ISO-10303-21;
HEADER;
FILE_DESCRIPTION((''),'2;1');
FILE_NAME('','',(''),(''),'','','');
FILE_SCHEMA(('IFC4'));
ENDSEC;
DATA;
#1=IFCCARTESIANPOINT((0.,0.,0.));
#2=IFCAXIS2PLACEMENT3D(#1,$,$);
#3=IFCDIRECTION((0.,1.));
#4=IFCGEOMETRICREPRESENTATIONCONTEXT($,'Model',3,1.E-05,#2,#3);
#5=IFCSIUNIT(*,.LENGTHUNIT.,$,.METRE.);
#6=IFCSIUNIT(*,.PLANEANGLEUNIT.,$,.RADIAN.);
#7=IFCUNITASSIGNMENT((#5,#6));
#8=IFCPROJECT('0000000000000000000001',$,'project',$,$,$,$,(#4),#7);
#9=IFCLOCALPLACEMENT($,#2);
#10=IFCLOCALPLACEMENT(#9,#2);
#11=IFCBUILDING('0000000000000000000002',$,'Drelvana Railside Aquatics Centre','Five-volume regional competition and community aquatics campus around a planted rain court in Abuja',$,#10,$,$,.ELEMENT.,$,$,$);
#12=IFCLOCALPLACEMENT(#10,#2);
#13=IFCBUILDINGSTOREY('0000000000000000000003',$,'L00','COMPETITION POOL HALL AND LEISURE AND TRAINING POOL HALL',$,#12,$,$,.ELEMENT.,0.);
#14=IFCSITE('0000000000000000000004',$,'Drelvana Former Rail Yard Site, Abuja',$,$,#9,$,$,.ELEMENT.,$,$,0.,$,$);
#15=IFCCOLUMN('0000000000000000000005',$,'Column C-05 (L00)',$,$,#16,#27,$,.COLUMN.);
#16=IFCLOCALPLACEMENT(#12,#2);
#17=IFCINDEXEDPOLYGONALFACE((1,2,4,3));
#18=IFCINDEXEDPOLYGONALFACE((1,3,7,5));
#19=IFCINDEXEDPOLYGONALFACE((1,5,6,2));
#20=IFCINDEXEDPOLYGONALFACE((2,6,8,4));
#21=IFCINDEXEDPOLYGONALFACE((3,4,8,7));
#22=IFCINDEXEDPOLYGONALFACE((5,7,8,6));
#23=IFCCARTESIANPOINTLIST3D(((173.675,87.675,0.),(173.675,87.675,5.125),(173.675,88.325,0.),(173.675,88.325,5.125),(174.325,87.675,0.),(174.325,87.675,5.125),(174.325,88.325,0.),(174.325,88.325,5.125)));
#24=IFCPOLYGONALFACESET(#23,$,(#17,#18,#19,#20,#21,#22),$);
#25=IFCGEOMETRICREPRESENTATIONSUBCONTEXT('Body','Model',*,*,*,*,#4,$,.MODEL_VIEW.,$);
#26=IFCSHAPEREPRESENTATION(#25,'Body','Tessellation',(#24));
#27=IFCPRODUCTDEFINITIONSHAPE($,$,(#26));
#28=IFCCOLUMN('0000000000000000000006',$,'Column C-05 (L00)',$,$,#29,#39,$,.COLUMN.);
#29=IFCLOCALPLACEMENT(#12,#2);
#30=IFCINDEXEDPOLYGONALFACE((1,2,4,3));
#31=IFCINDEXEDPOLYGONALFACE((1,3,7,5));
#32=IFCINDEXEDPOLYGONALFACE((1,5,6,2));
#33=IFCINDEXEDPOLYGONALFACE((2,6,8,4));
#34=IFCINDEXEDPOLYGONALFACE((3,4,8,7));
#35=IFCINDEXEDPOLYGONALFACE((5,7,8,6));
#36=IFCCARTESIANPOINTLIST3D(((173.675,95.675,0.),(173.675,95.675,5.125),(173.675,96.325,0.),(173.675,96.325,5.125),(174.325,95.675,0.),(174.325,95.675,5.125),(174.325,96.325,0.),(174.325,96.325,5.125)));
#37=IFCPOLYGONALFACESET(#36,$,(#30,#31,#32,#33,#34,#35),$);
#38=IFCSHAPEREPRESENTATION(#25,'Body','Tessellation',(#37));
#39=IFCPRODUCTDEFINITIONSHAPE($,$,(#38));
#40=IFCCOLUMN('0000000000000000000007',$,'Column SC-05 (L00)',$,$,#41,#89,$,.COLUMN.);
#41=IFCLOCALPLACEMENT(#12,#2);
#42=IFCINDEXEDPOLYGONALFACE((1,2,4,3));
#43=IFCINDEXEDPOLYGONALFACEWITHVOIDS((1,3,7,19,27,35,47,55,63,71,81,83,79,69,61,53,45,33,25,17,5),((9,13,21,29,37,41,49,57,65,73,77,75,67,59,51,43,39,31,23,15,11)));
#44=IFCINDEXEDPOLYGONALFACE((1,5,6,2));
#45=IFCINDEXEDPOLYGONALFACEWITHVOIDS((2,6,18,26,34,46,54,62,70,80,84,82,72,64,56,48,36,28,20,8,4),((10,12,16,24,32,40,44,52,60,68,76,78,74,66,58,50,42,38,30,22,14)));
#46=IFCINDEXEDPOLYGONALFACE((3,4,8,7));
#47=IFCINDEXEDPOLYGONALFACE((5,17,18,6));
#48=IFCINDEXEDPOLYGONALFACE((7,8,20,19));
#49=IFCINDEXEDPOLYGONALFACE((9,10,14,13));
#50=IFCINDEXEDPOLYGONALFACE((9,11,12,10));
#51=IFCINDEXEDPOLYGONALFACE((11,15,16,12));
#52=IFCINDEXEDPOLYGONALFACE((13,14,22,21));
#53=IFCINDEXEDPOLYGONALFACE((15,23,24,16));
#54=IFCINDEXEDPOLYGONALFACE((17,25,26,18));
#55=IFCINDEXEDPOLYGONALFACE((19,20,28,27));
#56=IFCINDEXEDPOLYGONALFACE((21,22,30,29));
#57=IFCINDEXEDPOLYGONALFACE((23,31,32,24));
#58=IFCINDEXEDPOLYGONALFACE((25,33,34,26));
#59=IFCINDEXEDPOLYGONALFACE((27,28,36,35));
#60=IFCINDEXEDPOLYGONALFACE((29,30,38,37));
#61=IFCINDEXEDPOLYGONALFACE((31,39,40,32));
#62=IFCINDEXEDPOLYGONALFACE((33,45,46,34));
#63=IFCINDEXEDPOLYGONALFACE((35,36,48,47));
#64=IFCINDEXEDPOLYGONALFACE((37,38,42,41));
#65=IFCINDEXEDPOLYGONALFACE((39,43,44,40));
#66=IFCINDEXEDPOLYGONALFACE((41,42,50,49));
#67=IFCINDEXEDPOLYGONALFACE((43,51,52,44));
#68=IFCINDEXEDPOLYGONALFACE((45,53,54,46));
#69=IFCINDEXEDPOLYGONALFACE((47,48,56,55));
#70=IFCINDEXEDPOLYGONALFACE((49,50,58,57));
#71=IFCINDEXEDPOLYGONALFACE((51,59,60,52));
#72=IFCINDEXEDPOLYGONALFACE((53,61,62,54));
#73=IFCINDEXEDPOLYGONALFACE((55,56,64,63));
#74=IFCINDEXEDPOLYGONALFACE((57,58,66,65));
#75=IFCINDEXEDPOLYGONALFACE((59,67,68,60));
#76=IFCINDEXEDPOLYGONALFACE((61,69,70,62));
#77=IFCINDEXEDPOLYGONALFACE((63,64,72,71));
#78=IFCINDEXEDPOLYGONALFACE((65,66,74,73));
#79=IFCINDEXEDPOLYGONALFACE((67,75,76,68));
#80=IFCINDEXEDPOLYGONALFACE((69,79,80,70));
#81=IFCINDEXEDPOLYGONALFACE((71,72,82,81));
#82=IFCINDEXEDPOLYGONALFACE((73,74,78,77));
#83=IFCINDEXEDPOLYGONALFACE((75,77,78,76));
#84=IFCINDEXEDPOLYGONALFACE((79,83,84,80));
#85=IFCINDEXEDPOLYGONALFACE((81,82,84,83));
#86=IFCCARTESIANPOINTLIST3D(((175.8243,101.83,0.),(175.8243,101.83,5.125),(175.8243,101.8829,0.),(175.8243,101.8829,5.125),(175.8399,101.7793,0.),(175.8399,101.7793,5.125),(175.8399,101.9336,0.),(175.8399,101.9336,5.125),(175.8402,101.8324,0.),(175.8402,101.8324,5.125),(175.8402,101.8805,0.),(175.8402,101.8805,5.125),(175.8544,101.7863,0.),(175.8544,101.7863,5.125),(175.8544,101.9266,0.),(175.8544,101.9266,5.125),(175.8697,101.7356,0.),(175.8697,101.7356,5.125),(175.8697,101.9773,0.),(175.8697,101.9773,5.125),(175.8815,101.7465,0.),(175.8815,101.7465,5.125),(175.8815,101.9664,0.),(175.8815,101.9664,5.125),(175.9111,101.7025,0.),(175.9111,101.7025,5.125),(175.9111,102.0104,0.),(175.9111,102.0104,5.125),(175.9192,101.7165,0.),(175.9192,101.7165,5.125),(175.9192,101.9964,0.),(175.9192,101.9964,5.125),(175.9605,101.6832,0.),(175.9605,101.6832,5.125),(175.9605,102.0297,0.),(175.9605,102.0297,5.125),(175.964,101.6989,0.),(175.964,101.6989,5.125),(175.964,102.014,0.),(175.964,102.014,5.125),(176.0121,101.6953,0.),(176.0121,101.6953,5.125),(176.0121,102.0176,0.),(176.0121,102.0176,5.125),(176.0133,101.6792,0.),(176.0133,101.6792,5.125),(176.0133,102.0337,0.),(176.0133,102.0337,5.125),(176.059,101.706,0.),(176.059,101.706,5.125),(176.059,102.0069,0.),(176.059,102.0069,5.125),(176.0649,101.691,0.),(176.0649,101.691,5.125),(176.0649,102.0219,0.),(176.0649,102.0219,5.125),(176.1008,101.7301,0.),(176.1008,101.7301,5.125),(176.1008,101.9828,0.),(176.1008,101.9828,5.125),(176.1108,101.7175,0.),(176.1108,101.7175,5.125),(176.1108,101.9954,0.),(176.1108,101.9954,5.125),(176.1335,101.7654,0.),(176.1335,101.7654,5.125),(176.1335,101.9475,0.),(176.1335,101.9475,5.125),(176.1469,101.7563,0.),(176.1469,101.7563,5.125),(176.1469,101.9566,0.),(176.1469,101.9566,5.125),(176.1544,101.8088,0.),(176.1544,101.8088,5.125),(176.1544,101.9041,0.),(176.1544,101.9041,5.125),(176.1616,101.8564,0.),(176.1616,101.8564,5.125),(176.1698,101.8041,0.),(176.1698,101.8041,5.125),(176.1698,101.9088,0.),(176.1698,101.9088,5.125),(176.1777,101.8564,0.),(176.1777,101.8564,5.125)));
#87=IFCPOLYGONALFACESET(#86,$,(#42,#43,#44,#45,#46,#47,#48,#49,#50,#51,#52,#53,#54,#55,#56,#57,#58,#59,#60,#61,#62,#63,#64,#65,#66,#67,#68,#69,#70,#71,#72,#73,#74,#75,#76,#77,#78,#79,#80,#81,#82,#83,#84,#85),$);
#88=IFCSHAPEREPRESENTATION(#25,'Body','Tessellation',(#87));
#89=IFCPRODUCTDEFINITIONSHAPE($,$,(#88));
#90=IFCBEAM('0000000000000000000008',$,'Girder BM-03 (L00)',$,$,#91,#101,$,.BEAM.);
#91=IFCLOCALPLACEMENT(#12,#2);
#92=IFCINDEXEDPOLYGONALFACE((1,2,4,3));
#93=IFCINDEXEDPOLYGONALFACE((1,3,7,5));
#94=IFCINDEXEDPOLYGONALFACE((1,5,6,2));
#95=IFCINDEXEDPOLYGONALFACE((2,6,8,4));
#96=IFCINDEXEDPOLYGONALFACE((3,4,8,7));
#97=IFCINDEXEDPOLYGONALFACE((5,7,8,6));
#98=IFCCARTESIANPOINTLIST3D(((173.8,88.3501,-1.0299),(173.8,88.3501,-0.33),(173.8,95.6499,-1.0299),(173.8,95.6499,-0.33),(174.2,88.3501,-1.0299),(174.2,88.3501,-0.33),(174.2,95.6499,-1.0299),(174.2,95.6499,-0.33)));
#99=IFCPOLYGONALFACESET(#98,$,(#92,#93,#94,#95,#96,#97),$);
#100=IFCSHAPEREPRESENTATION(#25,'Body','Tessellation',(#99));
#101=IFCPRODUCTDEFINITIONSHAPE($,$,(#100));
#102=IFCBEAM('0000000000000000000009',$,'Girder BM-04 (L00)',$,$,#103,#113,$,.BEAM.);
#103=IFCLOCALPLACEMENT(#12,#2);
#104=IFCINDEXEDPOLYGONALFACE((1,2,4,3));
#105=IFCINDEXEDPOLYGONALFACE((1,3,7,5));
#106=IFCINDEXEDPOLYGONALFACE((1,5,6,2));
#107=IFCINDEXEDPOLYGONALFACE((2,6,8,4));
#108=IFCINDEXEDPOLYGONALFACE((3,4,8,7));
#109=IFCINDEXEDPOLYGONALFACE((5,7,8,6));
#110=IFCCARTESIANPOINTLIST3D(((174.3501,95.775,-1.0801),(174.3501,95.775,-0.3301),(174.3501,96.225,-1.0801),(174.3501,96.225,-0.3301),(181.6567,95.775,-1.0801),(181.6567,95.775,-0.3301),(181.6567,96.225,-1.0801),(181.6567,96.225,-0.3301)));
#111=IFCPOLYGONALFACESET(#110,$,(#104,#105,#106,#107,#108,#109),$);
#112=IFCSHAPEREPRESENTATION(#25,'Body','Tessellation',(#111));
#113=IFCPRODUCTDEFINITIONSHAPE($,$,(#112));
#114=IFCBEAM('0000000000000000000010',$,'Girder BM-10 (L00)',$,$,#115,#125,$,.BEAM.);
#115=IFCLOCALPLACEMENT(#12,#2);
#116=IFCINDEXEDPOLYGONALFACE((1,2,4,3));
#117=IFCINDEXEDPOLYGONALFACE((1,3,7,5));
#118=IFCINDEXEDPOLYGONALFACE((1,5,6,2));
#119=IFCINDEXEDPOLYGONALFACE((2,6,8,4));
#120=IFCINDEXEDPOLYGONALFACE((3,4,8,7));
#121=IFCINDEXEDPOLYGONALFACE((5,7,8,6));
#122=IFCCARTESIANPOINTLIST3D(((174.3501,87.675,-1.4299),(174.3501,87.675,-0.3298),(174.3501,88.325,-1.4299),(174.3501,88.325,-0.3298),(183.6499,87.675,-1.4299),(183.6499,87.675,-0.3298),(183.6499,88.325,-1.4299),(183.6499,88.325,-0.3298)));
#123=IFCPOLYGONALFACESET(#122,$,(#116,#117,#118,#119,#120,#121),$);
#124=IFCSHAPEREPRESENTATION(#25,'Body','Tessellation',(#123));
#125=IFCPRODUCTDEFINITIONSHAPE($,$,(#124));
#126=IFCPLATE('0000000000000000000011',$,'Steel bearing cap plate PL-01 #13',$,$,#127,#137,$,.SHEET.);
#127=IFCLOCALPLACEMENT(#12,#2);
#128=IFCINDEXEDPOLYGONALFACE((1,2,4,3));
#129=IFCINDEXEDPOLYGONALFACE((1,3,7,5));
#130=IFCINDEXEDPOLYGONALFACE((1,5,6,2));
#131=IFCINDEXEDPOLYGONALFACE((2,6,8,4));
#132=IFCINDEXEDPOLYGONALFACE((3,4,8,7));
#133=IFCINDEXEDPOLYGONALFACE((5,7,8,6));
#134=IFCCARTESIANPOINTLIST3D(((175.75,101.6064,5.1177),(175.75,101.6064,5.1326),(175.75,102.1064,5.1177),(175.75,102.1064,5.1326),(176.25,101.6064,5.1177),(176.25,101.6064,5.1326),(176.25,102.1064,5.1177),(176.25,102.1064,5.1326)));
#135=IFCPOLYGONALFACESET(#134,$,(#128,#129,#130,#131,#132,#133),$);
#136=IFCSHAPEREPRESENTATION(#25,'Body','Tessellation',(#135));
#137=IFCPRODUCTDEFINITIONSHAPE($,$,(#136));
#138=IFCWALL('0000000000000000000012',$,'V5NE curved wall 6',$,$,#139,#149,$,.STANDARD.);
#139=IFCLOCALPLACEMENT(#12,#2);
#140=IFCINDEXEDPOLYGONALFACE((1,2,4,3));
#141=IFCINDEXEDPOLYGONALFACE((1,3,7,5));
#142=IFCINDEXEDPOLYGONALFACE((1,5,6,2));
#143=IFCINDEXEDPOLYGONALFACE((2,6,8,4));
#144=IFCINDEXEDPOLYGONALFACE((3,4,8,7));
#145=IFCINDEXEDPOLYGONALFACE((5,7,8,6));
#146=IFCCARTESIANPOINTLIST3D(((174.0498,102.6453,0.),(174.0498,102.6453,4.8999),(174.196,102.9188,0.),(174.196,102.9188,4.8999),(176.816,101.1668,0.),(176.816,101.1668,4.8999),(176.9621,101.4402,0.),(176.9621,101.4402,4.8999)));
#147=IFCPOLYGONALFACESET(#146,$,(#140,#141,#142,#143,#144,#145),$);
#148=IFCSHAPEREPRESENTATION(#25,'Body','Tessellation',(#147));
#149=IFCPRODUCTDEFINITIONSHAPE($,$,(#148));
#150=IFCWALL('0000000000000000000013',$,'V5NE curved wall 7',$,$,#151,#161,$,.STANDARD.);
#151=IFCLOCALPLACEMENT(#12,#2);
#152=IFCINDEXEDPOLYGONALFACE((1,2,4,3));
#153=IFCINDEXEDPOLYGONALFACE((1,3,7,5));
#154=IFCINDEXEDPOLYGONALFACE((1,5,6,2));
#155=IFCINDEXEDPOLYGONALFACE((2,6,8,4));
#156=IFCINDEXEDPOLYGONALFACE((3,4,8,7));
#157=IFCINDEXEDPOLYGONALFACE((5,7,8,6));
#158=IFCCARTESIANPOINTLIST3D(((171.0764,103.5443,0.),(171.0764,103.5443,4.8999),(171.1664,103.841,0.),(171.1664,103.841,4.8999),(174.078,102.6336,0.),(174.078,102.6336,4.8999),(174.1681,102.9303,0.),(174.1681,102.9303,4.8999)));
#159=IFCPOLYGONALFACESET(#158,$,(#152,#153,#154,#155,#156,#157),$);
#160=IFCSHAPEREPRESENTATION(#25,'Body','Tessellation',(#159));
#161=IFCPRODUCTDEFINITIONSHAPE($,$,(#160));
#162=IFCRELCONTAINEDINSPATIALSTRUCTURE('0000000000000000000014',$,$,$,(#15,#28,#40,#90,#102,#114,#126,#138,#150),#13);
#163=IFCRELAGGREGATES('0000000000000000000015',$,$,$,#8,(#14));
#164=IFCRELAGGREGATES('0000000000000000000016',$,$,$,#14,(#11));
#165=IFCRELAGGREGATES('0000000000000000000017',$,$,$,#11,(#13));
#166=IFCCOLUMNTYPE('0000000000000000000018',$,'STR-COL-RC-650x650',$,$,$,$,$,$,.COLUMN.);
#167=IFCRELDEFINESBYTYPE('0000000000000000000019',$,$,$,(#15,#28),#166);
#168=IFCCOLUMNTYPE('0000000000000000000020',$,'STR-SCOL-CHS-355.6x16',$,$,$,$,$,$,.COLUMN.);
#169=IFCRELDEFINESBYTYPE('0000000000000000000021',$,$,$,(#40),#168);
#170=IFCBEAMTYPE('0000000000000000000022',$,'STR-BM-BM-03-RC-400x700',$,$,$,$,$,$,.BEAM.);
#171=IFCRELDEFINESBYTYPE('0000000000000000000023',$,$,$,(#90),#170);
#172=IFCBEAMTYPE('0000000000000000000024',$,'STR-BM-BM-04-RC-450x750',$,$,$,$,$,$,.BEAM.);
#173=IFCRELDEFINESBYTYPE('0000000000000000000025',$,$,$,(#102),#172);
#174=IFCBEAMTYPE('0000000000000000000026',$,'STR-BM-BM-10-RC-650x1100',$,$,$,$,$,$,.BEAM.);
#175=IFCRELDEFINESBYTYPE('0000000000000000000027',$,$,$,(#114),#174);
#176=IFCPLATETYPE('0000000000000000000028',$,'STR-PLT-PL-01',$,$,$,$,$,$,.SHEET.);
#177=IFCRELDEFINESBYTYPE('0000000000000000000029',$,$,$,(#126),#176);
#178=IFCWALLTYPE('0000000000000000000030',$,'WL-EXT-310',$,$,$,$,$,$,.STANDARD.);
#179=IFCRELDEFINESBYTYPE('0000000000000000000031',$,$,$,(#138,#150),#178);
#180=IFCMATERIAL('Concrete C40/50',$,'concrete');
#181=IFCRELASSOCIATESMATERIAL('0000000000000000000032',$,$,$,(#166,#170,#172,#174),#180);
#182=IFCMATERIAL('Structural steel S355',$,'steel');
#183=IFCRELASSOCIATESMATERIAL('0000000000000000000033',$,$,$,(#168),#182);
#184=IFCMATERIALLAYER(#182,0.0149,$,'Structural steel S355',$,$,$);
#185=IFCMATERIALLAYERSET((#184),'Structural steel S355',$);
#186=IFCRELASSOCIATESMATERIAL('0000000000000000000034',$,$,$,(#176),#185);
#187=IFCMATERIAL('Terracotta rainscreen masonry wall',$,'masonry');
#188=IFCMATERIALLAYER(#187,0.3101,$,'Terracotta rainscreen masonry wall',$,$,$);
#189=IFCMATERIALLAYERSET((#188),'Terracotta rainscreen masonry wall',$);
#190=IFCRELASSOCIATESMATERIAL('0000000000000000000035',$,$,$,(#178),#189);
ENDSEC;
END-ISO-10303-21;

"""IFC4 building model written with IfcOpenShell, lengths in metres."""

from ifc_helpers import new_model, si_unit, direction, frame, frame_2d, origin, origin_2d, place, context, subcontext, project, spatial, rectangle, hollow_circle, extrude, material, layer, layer_set, material_profile, profile_set, type_object, element, save


model = new_model("IFC4")

# Units and contexts
model_context = context("Model", 3, precision=1e-05, world=origin(), true_north=direction((0.0, 1.0)))
body_context = subcontext(model_context, "Body", "Model", "MODEL_VIEW")
ifc_project = project(units=[si_unit("LENGTHUNIT", "METRE"), si_unit("PLANEANGLEUNIT", "RADIAN")], contexts=[model_context])

# Site, building, storey
site_placement = place(None, origin())
site = spatial("IfcSite", under=ifc_project, at=site_placement, Name="Drelvana Former Rail Yard Site, Abuja", CompositionType="ELEMENT", RefElevation=0.0)
building_placement = place(site_placement, origin())
building = spatial("IfcBuilding", under=site, at=building_placement, Name="Drelvana Railside Aquatics Centre", Description="Five-volume regional competition and community aquatics campus around a planted rain court in Abuja", CompositionType="ELEMENT")
storey_placement = place(building_placement, origin())
storey = spatial("IfcBuildingStorey", under=building, at=storey_placement, Name="L00", Description="COMPETITION POOL HALL AND LEISURE AND TRAINING POOL HALL", CompositionType="ELEMENT", Elevation=0.0)

# Columns
ifc_material_1 = material(Name="Concrete C40/50", Category="concrete")
ifc_material_profile_1 = material_profile(ifc_material_1, rectangle(XDim=0.6499, YDim=0.6499, at=origin_2d()), Name="RC 650x650")
ifc_profile_set_1 = profile_set([ifc_material_profile_1], Name="Concrete C40/50")
column_type_1 = type_object("IfcColumnType", Name="STR-COL-RC-650x650", PredefinedType="COLUMN", material=ifc_profile_set_1)
for number, where, z_axis, x_axis, name in (
    (1, (174.0, 88.0, 0.0), (0.0, 0.0, 1.0), (1.0, 0.0, 0.0), "Column C-05 (L00)"),
    (2, (174.0, 96.0, 0.0), (0.0, 0.0, 1.0), (1.0, 0.0, 0.0), "Column C-05 (L00)"),
):
    element("IfcColumn", number, at=place(storey_placement, frame(where, z_axis=z_axis, x_axis=x_axis)), inside=storey, type_object=column_type_1, Name=name, PredefinedType="COLUMN", context=body_context, shape_type="SweptSolid", body=[
        extrude(rectangle(XDim=0.6499, YDim=0.6499, at=origin_2d()), origin(), (0.0, 0.0, 1.0), 5.125),
    ])
ifc_material_2 = material(Name="Structural steel S355", Category="steel")
ifc_material_profile_2 = material_profile(ifc_material_2, hollow_circle(Radius=0.1777, WallThickness=0.0161, at=origin_2d()), Name="CHS 355.6x16")
ifc_profile_set_2 = profile_set([ifc_material_profile_2], Name="Structural steel S355")
column_type_2 = type_object("IfcColumnType", Name="STR-SCOL-CHS-355.6x16", PredefinedType="COLUMN", material=ifc_profile_set_2)
column_placement = place(storey_placement, frame((176.0, 101.8564, 0.0), z_axis=(0.0, 0.0, 1.0), x_axis=(1.0, 0.0, 0.0)))
element("IfcColumn", 3, at=column_placement, inside=storey, type_object=column_type_2, Name="Column SC-05 (L00)", PredefinedType="COLUMN", context=body_context, shape_type="SweptSolid", body=[
    extrude(hollow_circle(Radius=0.1777, WallThickness=0.0161, at=origin_2d()), origin(), (0.0, 0.0, 1.0), 5.125),
])

# Beams
ifc_material_profile_3 = material_profile(ifc_material_1, rectangle(XDim=0.3999, YDim=0.7, at=origin_2d()), Name="RC 400x700")
ifc_profile_set_3 = profile_set([ifc_material_profile_3], Name="Concrete C40/50")
beam_type_1 = type_object("IfcBeamType", Name="STR-BM-BM-03-RC-400x700", PredefinedType="BEAM", material=ifc_profile_set_3)
beam_1_placement = place(storey_placement, frame((174.0, 88.3501, -0.6799), z_axis=(0.0, 1.0, 0.0), x_axis=(-1.0, 0.0, 0.0)))
element("IfcBeam", 4, at=beam_1_placement, inside=storey, type_object=beam_type_1, Name="Girder BM-03 (L00)", PredefinedType="BEAM", context=body_context, shape_type="SweptSolid", body=[
    extrude(rectangle(XDim=0.3999, YDim=0.7, at=origin_2d()), origin(), (0.0, 0.0, 1.0), 7.2998),
])
ifc_material_profile_4 = material_profile(ifc_material_1, rectangle(XDim=0.45, YDim=0.75, at=origin_2d()), Name="RC 450x750")
ifc_profile_set_4 = profile_set([ifc_material_profile_4], Name="Concrete C40/50")
beam_type_2 = type_object("IfcBeamType", Name="STR-BM-BM-04-RC-450x750", PredefinedType="BEAM", material=ifc_profile_set_4)
beam_2_placement = place(storey_placement, frame((174.3501, 96.0, -0.7051), z_axis=(1.0, 0.0, 0.0), x_axis=(0.0, 1.0, 0.0)))
element("IfcBeam", 5, at=beam_2_placement, inside=storey, type_object=beam_type_2, Name="Girder BM-04 (L00)", PredefinedType="BEAM", context=body_context, shape_type="SweptSolid", body=[
    extrude(rectangle(XDim=0.45, YDim=0.75, at=origin_2d()), origin(), (0.0, 0.0, 1.0), 7.3066),
])
ifc_material_profile_5 = material_profile(ifc_material_1, rectangle(XDim=0.6499, YDim=1.1001, at=origin_2d()), Name="RC 650x1100")
ifc_profile_set_5 = profile_set([ifc_material_profile_5], Name="Concrete C40/50")
beam_type_3 = type_object("IfcBeamType", Name="STR-BM-BM-10-RC-650x1100", PredefinedType="BEAM", material=ifc_profile_set_5)
beam_3_placement = place(storey_placement, frame((174.3501, 88.0, -0.8799), z_axis=(1.0, 0.0, 0.0), x_axis=(0.0, 1.0, 0.0)))
element("IfcBeam", 6, at=beam_3_placement, inside=storey, type_object=beam_type_3, Name="Girder BM-10 (L00)", PredefinedType="BEAM", context=body_context, shape_type="SweptSolid", body=[
    extrude(rectangle(XDim=0.6499, YDim=1.1001, at=origin_2d()), origin(), (0.0, 0.0, 1.0), 9.2998),
])

# Plate
ifc_layer_1 = layer(ifc_material_2, 0.0149, Name="Structural steel S355")
ifc_layer_set_1 = layer_set([ifc_layer_1], Name="Structural steel S355")
plate_type = type_object("IfcPlateType", Name="STR-PLT-PL-01", PredefinedType="SHEET", material=ifc_layer_set_1)
plate_placement = place(storey_placement, frame((176.0, 101.8564, 5.1177), z_axis=(0.0, 0.0, 1.0), x_axis=(1.0, 0.0, 0.0)))
element("IfcPlate", 7, at=plate_placement, inside=storey, type_object=plate_type, Name="Steel bearing cap plate PL-01 #13", PredefinedType="SHEET", context=body_context, shape_type="SweptSolid", body=[
    extrude(rectangle(XDim=0.5, YDim=0.5, at=origin_2d()), origin(), (0.0, 0.0, 1.0), 0.0149),
])

# Walls
ifc_material_3 = material(Name="Terracotta rainscreen masonry wall", Category="masonry")
ifc_layer_2 = layer(ifc_material_3, 0.3101, Name="Terracotta rainscreen masonry wall")
ifc_layer_set_2 = layer_set([ifc_layer_2], Name="Terracotta rainscreen masonry wall")
wall_type = type_object("IfcWallType", Name="WL-EXT-310", PredefinedType="STANDARD", material=ifc_layer_set_2)
wall_1_placement = place(storey_placement, frame((176.8892, 101.3035, 0.0), z_axis=(0.0, 0.0, 1.0), x_axis=(-0.881922, 0.471396, 0.0)))
element("IfcWall", 8, at=wall_1_placement, inside=storey, type_object=wall_type, Name="V5NE curved wall 6", PredefinedType="STANDARD", context=body_context, shape_type="SweptSolid", body=[
    extrude(rectangle(XDim=3.1365, YDim=0.3101, at=frame_2d((1.5684, 0.0))), origin(), (0.0, 0.0, 1.0), 4.8999),
])
wall_2_placement = place(storey_placement, frame((174.123, 102.782, 0.0), z_axis=(0.0, 0.0, 1.0), x_axis=(-0.956933, 0.29031, 0.0)))
element("IfcWall", 9, at=wall_2_placement, inside=storey, type_object=wall_type, Name="V5NE curved wall 7", PredefinedType="STANDARD", context=body_context, shape_type="SweptSolid", body=[
    extrude(rectangle(XDim=3.1367, YDim=0.3101, at=frame_2d((1.5684, 0.0))), origin(), (0.0, 0.0, 1.0), 4.8999),
])

save(model, "model.ifc")
